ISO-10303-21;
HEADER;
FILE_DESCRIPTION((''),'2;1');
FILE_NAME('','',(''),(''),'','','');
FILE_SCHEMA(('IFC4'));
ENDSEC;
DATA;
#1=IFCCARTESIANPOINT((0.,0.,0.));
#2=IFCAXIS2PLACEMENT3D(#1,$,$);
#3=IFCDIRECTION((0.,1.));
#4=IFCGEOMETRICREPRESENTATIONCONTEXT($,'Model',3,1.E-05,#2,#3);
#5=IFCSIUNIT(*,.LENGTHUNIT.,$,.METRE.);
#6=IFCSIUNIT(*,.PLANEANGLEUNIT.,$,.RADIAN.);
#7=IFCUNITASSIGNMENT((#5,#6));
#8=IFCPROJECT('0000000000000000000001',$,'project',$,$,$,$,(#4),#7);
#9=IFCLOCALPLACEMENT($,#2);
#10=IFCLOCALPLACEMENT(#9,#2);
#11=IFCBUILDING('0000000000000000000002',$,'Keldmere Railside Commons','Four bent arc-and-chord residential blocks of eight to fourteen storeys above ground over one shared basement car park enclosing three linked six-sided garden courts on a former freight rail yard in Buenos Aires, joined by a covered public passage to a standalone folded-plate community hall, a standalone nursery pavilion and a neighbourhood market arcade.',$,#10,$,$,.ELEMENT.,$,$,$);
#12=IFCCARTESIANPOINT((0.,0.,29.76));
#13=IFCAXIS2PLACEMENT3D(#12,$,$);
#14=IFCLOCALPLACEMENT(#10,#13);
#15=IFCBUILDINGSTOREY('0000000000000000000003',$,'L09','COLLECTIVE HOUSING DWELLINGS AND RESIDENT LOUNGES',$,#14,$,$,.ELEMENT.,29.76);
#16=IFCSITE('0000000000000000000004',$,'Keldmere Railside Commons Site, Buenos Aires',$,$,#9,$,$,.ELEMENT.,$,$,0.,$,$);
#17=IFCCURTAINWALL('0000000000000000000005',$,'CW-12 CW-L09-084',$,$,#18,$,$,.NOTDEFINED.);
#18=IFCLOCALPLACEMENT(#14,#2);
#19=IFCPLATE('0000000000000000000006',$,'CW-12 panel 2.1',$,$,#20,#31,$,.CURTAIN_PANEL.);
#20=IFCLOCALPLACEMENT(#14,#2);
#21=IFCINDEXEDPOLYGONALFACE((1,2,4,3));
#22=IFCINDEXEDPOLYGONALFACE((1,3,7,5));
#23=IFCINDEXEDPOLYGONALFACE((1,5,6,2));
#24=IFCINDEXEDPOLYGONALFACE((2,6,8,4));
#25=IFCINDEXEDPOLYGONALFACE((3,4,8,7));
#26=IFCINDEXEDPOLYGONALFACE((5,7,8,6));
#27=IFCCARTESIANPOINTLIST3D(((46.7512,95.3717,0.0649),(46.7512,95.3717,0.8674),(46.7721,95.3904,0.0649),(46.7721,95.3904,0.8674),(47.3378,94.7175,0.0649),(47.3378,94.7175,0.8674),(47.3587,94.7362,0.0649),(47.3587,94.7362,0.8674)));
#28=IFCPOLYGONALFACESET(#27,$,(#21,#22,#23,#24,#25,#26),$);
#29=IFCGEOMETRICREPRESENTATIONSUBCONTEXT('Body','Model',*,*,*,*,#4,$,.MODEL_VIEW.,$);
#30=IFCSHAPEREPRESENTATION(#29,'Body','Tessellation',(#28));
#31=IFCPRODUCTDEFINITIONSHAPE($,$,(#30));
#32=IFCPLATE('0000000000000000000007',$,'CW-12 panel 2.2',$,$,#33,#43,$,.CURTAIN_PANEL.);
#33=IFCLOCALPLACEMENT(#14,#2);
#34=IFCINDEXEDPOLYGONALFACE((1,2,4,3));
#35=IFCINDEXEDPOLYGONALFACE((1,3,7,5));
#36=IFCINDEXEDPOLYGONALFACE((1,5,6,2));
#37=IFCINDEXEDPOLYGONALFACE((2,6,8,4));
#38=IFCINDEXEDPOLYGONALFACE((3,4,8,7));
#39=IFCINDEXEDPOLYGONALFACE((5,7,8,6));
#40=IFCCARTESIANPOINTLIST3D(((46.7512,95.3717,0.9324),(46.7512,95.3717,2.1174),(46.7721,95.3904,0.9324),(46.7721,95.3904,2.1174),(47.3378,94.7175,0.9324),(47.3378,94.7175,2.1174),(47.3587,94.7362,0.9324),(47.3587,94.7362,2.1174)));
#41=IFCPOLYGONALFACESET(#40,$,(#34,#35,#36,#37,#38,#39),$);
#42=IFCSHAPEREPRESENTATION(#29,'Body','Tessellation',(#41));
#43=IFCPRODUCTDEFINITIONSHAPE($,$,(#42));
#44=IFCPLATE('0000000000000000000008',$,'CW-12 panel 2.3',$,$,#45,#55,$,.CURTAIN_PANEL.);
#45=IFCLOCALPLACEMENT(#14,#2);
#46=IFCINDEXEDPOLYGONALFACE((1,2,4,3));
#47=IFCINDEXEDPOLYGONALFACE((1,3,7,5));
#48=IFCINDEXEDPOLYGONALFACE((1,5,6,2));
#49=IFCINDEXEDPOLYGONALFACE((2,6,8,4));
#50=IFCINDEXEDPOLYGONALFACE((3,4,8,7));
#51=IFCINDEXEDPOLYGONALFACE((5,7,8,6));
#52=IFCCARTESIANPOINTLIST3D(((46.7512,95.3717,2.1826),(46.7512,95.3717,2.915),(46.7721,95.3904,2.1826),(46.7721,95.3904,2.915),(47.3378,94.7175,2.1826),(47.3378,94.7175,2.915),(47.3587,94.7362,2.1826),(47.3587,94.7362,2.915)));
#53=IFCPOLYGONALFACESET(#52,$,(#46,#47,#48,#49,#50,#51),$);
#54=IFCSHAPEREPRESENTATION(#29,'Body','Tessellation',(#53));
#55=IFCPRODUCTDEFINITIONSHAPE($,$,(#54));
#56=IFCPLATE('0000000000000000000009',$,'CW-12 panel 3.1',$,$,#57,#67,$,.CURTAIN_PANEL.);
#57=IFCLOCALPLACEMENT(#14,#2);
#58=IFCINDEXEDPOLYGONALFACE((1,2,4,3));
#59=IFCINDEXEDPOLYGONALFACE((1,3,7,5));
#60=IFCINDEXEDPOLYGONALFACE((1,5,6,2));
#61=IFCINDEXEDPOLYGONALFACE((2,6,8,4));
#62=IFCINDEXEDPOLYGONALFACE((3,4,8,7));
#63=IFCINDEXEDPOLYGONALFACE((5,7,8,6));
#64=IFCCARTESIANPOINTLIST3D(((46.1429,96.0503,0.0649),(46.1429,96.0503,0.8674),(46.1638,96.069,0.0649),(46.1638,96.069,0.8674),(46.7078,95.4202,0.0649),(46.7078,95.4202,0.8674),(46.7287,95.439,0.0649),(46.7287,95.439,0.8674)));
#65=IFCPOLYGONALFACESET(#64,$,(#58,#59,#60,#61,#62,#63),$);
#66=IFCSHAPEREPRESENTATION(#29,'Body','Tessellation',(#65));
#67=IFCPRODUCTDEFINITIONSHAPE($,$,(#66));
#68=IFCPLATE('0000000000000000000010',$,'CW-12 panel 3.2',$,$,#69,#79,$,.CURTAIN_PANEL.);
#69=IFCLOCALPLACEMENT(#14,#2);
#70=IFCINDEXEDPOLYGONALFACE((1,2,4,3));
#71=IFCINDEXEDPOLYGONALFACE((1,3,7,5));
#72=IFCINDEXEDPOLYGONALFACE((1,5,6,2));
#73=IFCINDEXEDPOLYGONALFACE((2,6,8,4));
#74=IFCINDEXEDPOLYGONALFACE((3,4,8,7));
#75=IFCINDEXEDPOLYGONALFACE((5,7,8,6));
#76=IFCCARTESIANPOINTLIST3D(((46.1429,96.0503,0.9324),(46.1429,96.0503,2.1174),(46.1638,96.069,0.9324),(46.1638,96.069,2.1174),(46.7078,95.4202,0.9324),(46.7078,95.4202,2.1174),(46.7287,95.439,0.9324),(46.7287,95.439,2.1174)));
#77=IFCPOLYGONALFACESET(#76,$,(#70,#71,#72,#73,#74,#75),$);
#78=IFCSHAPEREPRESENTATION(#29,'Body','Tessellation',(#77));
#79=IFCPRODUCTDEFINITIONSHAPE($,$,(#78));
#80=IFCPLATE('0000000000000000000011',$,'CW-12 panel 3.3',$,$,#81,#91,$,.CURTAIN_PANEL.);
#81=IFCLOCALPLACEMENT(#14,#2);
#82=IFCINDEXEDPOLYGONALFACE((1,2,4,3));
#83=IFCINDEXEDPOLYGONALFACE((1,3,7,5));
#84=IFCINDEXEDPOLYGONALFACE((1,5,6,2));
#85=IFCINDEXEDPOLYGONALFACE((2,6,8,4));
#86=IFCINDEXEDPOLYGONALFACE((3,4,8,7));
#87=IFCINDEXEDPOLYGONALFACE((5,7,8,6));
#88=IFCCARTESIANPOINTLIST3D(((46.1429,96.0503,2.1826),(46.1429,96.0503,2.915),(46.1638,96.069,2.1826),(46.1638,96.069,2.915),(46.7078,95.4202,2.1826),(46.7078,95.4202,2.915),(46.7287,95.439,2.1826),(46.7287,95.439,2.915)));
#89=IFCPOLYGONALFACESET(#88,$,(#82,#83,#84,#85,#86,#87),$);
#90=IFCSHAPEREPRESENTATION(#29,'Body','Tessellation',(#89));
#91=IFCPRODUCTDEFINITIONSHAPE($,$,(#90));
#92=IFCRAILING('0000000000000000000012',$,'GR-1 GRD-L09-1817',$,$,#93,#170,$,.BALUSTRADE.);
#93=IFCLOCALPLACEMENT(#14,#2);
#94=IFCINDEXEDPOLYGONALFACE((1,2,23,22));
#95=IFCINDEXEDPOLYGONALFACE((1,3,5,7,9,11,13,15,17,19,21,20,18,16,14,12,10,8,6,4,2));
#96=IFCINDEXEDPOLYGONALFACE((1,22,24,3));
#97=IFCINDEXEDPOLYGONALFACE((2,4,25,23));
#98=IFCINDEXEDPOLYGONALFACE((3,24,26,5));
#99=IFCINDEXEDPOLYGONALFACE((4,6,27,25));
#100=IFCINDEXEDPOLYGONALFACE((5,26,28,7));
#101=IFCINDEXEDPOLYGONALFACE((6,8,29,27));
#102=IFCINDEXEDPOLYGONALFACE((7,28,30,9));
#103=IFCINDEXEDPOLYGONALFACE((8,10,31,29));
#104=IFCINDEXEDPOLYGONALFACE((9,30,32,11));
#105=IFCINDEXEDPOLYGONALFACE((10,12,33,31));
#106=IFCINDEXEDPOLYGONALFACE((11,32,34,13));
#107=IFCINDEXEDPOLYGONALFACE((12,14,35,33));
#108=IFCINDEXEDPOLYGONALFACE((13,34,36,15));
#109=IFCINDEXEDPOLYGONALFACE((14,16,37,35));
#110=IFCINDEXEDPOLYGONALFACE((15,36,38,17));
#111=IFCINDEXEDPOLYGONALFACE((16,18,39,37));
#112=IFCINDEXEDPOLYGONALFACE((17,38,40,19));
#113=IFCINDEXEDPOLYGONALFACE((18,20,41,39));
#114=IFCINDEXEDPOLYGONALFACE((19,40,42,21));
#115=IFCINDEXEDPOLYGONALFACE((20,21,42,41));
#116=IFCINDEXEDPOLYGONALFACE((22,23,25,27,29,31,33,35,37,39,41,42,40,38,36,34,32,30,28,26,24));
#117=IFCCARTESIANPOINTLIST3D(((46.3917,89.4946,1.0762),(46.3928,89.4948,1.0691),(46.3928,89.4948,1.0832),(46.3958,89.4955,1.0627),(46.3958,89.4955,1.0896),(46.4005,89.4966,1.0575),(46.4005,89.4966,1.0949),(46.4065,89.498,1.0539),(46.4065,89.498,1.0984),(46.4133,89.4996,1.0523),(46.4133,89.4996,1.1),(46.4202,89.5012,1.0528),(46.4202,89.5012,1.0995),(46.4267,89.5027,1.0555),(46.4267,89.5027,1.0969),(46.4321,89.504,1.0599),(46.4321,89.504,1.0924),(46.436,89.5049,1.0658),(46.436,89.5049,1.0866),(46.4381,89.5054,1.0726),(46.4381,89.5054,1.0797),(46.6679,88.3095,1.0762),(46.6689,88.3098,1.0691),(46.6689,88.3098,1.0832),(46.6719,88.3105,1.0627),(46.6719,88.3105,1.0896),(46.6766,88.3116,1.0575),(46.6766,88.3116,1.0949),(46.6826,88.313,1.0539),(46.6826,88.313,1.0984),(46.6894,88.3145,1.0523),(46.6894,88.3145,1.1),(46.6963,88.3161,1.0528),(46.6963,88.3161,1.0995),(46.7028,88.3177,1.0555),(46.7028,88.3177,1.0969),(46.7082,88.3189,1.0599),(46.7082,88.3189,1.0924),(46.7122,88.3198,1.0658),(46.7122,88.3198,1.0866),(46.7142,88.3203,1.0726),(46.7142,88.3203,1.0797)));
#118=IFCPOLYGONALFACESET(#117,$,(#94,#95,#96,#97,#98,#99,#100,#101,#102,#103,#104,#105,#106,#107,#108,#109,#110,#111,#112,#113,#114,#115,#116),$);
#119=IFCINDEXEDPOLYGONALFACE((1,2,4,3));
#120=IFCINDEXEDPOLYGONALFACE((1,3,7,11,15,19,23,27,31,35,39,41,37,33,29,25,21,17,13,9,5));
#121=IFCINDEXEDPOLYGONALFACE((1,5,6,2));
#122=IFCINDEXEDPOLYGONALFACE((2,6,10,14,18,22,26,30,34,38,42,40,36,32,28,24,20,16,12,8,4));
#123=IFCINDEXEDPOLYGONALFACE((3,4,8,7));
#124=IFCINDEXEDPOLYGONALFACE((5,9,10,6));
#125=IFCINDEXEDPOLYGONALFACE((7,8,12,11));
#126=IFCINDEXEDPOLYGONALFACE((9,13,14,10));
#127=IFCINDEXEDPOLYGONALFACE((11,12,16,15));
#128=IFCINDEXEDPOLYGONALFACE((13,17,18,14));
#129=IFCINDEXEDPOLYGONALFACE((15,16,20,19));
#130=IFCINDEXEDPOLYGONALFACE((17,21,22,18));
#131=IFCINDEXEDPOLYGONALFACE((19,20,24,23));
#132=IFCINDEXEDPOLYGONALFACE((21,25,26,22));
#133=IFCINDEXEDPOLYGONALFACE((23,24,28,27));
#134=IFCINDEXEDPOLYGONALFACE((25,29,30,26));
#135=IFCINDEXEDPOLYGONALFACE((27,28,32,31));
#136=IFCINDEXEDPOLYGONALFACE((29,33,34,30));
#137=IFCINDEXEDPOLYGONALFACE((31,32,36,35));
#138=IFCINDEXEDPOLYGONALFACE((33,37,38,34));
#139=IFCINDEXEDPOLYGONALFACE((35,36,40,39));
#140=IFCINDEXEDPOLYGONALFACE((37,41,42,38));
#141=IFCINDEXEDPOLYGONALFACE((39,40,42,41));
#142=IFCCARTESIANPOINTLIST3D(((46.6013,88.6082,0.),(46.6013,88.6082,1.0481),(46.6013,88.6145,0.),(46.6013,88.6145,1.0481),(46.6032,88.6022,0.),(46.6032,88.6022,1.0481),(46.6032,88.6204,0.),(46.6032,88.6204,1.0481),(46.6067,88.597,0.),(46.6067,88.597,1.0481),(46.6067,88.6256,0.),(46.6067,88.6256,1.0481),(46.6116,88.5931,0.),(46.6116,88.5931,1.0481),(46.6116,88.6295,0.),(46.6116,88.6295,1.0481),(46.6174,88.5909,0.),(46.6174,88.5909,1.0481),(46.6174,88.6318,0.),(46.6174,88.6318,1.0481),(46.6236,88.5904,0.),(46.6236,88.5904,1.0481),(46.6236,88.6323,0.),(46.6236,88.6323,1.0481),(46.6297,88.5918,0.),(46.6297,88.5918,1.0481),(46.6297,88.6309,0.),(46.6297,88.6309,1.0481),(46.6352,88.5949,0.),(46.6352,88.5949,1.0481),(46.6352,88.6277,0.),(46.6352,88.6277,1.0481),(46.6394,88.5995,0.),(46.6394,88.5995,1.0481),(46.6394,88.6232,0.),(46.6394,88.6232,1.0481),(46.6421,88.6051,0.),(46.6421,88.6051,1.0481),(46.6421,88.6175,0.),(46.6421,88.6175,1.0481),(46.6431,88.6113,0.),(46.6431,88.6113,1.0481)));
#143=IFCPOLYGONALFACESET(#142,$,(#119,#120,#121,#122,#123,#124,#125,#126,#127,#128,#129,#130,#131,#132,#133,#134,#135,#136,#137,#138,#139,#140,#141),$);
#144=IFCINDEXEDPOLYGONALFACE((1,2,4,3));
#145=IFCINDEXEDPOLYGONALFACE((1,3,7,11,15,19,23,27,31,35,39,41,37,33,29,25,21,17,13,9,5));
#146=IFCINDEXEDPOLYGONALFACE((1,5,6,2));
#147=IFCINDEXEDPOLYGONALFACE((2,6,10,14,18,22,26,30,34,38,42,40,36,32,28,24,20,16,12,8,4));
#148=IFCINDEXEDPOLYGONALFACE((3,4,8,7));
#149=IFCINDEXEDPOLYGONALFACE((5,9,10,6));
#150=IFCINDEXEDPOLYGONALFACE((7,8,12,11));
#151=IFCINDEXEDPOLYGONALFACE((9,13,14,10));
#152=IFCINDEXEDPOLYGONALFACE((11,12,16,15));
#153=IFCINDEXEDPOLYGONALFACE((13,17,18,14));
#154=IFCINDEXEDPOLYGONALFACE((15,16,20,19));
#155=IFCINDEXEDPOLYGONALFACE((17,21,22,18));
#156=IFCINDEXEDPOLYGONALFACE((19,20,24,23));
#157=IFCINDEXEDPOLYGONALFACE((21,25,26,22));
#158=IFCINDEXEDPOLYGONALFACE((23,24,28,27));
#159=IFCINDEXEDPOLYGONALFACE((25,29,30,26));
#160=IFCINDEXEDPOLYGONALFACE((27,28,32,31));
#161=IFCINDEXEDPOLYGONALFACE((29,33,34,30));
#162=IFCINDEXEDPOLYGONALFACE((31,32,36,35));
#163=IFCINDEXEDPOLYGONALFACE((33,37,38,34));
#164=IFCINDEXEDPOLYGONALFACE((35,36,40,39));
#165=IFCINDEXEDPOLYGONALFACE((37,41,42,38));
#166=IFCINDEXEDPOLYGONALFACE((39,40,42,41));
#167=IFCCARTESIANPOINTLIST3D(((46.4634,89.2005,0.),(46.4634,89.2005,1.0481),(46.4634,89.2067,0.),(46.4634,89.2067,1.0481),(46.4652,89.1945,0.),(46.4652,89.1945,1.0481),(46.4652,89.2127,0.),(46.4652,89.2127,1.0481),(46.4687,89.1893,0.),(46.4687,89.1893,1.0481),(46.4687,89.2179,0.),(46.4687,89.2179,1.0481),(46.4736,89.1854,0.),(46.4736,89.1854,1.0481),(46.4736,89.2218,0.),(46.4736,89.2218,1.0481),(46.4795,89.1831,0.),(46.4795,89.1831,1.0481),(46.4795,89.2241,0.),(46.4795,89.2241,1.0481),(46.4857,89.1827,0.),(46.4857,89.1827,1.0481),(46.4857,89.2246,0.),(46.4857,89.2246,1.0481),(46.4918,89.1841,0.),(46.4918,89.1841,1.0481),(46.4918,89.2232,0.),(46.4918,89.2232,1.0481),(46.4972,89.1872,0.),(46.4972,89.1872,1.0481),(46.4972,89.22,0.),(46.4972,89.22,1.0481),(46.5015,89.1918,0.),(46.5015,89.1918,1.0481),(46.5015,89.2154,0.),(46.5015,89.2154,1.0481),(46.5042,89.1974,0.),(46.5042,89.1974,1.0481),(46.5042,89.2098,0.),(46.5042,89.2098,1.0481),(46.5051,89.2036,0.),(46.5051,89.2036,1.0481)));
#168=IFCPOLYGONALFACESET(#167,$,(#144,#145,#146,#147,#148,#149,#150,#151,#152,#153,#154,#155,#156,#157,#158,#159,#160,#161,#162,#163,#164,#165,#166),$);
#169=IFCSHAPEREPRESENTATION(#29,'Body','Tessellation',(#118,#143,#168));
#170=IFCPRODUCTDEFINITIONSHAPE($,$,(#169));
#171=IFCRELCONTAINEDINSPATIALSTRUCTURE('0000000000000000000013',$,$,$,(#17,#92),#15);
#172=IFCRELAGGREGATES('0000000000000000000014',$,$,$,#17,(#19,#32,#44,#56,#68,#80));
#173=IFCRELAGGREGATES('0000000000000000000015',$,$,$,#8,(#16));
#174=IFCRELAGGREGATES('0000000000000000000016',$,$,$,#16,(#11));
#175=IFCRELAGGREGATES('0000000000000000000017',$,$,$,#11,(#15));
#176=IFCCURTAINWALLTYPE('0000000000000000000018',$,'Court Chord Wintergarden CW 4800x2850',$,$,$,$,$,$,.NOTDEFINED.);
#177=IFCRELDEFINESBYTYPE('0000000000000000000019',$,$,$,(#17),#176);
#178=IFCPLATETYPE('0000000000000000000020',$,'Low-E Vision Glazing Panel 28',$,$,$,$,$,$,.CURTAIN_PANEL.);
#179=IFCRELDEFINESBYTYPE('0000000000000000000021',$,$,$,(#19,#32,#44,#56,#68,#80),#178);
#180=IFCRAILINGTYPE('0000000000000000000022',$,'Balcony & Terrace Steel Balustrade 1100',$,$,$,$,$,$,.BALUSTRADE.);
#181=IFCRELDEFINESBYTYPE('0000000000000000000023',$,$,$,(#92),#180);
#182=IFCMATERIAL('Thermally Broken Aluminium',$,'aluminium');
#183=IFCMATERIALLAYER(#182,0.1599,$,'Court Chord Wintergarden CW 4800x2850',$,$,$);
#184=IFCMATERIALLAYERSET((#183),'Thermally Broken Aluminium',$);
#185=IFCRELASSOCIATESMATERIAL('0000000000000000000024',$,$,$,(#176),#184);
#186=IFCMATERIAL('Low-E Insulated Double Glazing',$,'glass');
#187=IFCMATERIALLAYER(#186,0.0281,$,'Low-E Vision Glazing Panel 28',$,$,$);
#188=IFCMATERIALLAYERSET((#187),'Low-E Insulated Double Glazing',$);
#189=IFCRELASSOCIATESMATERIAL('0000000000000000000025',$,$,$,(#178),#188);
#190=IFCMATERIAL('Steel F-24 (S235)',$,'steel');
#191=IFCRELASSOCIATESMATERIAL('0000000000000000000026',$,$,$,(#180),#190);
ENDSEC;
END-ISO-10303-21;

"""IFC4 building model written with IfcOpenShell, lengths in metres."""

from ifc_helpers import new_model, si_unit, direction, frame, origin, origin_2d, place, context, subcontext, project, spatial, rectangle, circle, extrude, material, layer, layer_set, type_object, element, aggregate, save


model = new_model("IFC4")

# Units and contexts
model_context = context("Model", 3, precision=1e-05, world=origin(), true_north=direction((0.0, 1.0)))
body_context = subcontext(model_context, "Body", "Model", "MODEL_VIEW")
ifc_project = project(units=[si_unit("LENGTHUNIT", "METRE"), si_unit("PLANEANGLEUNIT", "RADIAN")], contexts=[model_context])

# Site, building, storey
site_placement = place(None, origin())
site = spatial("IfcSite", under=ifc_project, at=site_placement, Name="Keldmere Railside Commons Site, Buenos Aires", CompositionType="ELEMENT", RefElevation=0.0)
building_placement = place(site_placement, origin())
building = spatial("IfcBuilding", under=site, at=building_placement, Name="Keldmere Railside Commons", Description="Four bent arc-and-chord residential blocks of eight to fourteen storeys above ground over one shared basement car park enclosing three linked six-sided garden courts on a former freight rail yard in Buenos Aires, joined by a covered public passage to a standalone folded-plate community hall, a standalone nursery pavilion and a neighbourhood market arcade.", CompositionType="ELEMENT")
storey_placement = place(building_placement, frame((0.0, 0.0, 29.76)))
storey = spatial("IfcBuildingStorey", under=building, at=storey_placement, Name="L09", Description="COLLECTIVE HOUSING DWELLINGS AND RESIDENT LOUNGES", CompositionType="ELEMENT", Elevation=29.76)

# Curtain wall, plates
ifc_material_1 = material(Name="Thermally Broken Aluminium", Category="aluminium")
ifc_layer_1 = layer(ifc_material_1, 0.1599, Name="Court Chord Wintergarden CW 4800x2850")
ifc_layer_set_1 = layer_set([ifc_layer_1], Name="Thermally Broken Aluminium")
curtain_wall_type = type_object("IfcCurtainWallType", Name="Court Chord Wintergarden CW 4800x2850", PredefinedType="NOTDEFINED", material=ifc_layer_set_1)
curtain_wall_placement = place(storey_placement, origin())
curtain_wall = element("IfcCurtainWall", 1, at=curtain_wall_placement, inside=storey, type_object=curtain_wall_type, Name="CW-12 CW-L09-084", PredefinedType="NOTDEFINED")
ifc_material_2 = material(Name="Low-E Insulated Double Glazing", Category="glass")
ifc_layer_2 = layer(ifc_material_2, 0.0281, Name="Low-E Vision Glazing Panel 28")
ifc_layer_set_2 = layer_set([ifc_layer_2], Name="Low-E Insulated Double Glazing")
plate_type = type_object("IfcPlateType", Name="Low-E Vision Glazing Panel 28", PredefinedType="CURTAIN_PANEL", material=ifc_layer_set_2)
plate_1_placement = place(storey_placement, frame((47.0549, 95.054, 0.0649), z_axis=(0.0, 0.0, 1.0), x_axis=(-0.667559, 0.744557, 0.0)))
plate_1 = element("IfcPlate", 2, at=plate_1_placement, type_object=plate_type, Name="CW-12 panel 2.1", PredefinedType="CURTAIN_PANEL", context=body_context, shape_type="SweptSolid", body=[
    extrude(rectangle(XDim=0.8787, YDim=0.0281, at=origin_2d()), origin(), (0.0, 0.0, 1.0), 0.8025),
])
plate_2_placement = place(storey_placement, frame((47.0549, 95.054, 0.9324), z_axis=(0.0, 0.0, 1.0), x_axis=(-0.667559, 0.744557, 0.0)))
plate_2 = element("IfcPlate", 3, at=plate_2_placement, type_object=plate_type, Name="CW-12 panel 2.2", PredefinedType="CURTAIN_PANEL", context=body_context, shape_type="SweptSolid", body=[
    extrude(rectangle(XDim=0.8787, YDim=0.0281, at=origin_2d()), origin(), (0.0, 0.0, 1.0), 1.1851),
])
plate_3_placement = place(storey_placement, frame((47.0549, 95.054, 2.1826), z_axis=(0.0, 0.0, 1.0), x_axis=(-0.667559, 0.744557, 0.0)))
plate_3 = element("IfcPlate", 4, at=plate_3_placement, type_object=plate_type, Name="CW-12 panel 2.3", PredefinedType="CURTAIN_PANEL", context=body_context, shape_type="SweptSolid", body=[
    extrude(rectangle(XDim=0.8787, YDim=0.0281, at=origin_2d()), origin(), (0.0, 0.0, 1.0), 0.7324),
])
plate_4_placement = place(storey_placement, frame((46.4358, 95.7446, 0.0649), z_axis=(0.0, 0.0, 1.0), x_axis=(-0.667559, 0.744557, 0.0)))
plate_4 = element("IfcPlate", 5, at=plate_4_placement, type_object=plate_type, Name="CW-12 panel 3.1", PredefinedType="CURTAIN_PANEL", context=body_context, shape_type="SweptSolid", body=[
    extrude(rectangle(XDim=0.8462, YDim=0.0281, at=origin_2d()), origin(), (0.0, 0.0, 1.0), 0.8025),
])
plate_5_placement = place(storey_placement, frame((46.4358, 95.7446, 0.9324), z_axis=(0.0, 0.0, 1.0), x_axis=(-0.667559, 0.744557, 0.0)))
plate_5 = element("IfcPlate", 6, at=plate_5_placement, type_object=plate_type, Name="CW-12 panel 3.2", PredefinedType="CURTAIN_PANEL", context=body_context, shape_type="SweptSolid", body=[
    extrude(rectangle(XDim=0.8462, YDim=0.0281, at=origin_2d()), origin(), (0.0, 0.0, 1.0), 1.1851),
])
plate_6_placement = place(storey_placement, frame((46.4358, 95.7446, 2.1826), z_axis=(0.0, 0.0, 1.0), x_axis=(-0.667559, 0.744557, 0.0)))
plate_6 = element("IfcPlate", 7, at=plate_6_placement, type_object=plate_type, Name="CW-12 panel 3.3", PredefinedType="CURTAIN_PANEL", context=body_context, shape_type="SweptSolid", body=[
    extrude(rectangle(XDim=0.8462, YDim=0.0281, at=origin_2d()), origin(), (0.0, 0.0, 1.0), 0.7324),
])
aggregate(curtain_wall, [plate_1, plate_2, plate_3, plate_4, plate_5, plate_6])

# Railing
ifc_material_3 = material(Name="Steel F-24 (S235)", Category="steel")
railing_type = type_object("IfcRailingType", Name="Balcony & Terrace Steel Balustrade 1100", PredefinedType="BALUSTRADE", material=ifc_material_3)
railing_1_placement = place(storey_placement, frame((46.6912, 88.3149, 0.0)))
element("IfcRailing", 8, at=railing_1_placement, inside=storey, type_object=railing_type, Name="GR-1 GRD-L09-1817", PredefinedType="BALUSTRADE", context=body_context, shape_type="SweptSolid", body=[
    extrude(circle(Radius=0.0239, at=origin_2d()), frame((0.0, 0.0, 1.0762), z_axis=(-0.226925, 0.973912, 0.0), x_axis=(-0.973912, -0.226925, 0.0)), (0.0, 0.0, 1.0), 1.2168),
    extrude(circle(Radius=0.021, at=origin_2d()), frame((-0.0691, 0.2964, 0.0)), (0.0, 0.0, 1.0), 1.0481),
    extrude(circle(Radius=0.021, at=origin_2d()), frame((-0.207, 0.8887, 0.0)), (0.0, 0.0, 1.0), 1.0481),
])

save(model, "model.ifc")
